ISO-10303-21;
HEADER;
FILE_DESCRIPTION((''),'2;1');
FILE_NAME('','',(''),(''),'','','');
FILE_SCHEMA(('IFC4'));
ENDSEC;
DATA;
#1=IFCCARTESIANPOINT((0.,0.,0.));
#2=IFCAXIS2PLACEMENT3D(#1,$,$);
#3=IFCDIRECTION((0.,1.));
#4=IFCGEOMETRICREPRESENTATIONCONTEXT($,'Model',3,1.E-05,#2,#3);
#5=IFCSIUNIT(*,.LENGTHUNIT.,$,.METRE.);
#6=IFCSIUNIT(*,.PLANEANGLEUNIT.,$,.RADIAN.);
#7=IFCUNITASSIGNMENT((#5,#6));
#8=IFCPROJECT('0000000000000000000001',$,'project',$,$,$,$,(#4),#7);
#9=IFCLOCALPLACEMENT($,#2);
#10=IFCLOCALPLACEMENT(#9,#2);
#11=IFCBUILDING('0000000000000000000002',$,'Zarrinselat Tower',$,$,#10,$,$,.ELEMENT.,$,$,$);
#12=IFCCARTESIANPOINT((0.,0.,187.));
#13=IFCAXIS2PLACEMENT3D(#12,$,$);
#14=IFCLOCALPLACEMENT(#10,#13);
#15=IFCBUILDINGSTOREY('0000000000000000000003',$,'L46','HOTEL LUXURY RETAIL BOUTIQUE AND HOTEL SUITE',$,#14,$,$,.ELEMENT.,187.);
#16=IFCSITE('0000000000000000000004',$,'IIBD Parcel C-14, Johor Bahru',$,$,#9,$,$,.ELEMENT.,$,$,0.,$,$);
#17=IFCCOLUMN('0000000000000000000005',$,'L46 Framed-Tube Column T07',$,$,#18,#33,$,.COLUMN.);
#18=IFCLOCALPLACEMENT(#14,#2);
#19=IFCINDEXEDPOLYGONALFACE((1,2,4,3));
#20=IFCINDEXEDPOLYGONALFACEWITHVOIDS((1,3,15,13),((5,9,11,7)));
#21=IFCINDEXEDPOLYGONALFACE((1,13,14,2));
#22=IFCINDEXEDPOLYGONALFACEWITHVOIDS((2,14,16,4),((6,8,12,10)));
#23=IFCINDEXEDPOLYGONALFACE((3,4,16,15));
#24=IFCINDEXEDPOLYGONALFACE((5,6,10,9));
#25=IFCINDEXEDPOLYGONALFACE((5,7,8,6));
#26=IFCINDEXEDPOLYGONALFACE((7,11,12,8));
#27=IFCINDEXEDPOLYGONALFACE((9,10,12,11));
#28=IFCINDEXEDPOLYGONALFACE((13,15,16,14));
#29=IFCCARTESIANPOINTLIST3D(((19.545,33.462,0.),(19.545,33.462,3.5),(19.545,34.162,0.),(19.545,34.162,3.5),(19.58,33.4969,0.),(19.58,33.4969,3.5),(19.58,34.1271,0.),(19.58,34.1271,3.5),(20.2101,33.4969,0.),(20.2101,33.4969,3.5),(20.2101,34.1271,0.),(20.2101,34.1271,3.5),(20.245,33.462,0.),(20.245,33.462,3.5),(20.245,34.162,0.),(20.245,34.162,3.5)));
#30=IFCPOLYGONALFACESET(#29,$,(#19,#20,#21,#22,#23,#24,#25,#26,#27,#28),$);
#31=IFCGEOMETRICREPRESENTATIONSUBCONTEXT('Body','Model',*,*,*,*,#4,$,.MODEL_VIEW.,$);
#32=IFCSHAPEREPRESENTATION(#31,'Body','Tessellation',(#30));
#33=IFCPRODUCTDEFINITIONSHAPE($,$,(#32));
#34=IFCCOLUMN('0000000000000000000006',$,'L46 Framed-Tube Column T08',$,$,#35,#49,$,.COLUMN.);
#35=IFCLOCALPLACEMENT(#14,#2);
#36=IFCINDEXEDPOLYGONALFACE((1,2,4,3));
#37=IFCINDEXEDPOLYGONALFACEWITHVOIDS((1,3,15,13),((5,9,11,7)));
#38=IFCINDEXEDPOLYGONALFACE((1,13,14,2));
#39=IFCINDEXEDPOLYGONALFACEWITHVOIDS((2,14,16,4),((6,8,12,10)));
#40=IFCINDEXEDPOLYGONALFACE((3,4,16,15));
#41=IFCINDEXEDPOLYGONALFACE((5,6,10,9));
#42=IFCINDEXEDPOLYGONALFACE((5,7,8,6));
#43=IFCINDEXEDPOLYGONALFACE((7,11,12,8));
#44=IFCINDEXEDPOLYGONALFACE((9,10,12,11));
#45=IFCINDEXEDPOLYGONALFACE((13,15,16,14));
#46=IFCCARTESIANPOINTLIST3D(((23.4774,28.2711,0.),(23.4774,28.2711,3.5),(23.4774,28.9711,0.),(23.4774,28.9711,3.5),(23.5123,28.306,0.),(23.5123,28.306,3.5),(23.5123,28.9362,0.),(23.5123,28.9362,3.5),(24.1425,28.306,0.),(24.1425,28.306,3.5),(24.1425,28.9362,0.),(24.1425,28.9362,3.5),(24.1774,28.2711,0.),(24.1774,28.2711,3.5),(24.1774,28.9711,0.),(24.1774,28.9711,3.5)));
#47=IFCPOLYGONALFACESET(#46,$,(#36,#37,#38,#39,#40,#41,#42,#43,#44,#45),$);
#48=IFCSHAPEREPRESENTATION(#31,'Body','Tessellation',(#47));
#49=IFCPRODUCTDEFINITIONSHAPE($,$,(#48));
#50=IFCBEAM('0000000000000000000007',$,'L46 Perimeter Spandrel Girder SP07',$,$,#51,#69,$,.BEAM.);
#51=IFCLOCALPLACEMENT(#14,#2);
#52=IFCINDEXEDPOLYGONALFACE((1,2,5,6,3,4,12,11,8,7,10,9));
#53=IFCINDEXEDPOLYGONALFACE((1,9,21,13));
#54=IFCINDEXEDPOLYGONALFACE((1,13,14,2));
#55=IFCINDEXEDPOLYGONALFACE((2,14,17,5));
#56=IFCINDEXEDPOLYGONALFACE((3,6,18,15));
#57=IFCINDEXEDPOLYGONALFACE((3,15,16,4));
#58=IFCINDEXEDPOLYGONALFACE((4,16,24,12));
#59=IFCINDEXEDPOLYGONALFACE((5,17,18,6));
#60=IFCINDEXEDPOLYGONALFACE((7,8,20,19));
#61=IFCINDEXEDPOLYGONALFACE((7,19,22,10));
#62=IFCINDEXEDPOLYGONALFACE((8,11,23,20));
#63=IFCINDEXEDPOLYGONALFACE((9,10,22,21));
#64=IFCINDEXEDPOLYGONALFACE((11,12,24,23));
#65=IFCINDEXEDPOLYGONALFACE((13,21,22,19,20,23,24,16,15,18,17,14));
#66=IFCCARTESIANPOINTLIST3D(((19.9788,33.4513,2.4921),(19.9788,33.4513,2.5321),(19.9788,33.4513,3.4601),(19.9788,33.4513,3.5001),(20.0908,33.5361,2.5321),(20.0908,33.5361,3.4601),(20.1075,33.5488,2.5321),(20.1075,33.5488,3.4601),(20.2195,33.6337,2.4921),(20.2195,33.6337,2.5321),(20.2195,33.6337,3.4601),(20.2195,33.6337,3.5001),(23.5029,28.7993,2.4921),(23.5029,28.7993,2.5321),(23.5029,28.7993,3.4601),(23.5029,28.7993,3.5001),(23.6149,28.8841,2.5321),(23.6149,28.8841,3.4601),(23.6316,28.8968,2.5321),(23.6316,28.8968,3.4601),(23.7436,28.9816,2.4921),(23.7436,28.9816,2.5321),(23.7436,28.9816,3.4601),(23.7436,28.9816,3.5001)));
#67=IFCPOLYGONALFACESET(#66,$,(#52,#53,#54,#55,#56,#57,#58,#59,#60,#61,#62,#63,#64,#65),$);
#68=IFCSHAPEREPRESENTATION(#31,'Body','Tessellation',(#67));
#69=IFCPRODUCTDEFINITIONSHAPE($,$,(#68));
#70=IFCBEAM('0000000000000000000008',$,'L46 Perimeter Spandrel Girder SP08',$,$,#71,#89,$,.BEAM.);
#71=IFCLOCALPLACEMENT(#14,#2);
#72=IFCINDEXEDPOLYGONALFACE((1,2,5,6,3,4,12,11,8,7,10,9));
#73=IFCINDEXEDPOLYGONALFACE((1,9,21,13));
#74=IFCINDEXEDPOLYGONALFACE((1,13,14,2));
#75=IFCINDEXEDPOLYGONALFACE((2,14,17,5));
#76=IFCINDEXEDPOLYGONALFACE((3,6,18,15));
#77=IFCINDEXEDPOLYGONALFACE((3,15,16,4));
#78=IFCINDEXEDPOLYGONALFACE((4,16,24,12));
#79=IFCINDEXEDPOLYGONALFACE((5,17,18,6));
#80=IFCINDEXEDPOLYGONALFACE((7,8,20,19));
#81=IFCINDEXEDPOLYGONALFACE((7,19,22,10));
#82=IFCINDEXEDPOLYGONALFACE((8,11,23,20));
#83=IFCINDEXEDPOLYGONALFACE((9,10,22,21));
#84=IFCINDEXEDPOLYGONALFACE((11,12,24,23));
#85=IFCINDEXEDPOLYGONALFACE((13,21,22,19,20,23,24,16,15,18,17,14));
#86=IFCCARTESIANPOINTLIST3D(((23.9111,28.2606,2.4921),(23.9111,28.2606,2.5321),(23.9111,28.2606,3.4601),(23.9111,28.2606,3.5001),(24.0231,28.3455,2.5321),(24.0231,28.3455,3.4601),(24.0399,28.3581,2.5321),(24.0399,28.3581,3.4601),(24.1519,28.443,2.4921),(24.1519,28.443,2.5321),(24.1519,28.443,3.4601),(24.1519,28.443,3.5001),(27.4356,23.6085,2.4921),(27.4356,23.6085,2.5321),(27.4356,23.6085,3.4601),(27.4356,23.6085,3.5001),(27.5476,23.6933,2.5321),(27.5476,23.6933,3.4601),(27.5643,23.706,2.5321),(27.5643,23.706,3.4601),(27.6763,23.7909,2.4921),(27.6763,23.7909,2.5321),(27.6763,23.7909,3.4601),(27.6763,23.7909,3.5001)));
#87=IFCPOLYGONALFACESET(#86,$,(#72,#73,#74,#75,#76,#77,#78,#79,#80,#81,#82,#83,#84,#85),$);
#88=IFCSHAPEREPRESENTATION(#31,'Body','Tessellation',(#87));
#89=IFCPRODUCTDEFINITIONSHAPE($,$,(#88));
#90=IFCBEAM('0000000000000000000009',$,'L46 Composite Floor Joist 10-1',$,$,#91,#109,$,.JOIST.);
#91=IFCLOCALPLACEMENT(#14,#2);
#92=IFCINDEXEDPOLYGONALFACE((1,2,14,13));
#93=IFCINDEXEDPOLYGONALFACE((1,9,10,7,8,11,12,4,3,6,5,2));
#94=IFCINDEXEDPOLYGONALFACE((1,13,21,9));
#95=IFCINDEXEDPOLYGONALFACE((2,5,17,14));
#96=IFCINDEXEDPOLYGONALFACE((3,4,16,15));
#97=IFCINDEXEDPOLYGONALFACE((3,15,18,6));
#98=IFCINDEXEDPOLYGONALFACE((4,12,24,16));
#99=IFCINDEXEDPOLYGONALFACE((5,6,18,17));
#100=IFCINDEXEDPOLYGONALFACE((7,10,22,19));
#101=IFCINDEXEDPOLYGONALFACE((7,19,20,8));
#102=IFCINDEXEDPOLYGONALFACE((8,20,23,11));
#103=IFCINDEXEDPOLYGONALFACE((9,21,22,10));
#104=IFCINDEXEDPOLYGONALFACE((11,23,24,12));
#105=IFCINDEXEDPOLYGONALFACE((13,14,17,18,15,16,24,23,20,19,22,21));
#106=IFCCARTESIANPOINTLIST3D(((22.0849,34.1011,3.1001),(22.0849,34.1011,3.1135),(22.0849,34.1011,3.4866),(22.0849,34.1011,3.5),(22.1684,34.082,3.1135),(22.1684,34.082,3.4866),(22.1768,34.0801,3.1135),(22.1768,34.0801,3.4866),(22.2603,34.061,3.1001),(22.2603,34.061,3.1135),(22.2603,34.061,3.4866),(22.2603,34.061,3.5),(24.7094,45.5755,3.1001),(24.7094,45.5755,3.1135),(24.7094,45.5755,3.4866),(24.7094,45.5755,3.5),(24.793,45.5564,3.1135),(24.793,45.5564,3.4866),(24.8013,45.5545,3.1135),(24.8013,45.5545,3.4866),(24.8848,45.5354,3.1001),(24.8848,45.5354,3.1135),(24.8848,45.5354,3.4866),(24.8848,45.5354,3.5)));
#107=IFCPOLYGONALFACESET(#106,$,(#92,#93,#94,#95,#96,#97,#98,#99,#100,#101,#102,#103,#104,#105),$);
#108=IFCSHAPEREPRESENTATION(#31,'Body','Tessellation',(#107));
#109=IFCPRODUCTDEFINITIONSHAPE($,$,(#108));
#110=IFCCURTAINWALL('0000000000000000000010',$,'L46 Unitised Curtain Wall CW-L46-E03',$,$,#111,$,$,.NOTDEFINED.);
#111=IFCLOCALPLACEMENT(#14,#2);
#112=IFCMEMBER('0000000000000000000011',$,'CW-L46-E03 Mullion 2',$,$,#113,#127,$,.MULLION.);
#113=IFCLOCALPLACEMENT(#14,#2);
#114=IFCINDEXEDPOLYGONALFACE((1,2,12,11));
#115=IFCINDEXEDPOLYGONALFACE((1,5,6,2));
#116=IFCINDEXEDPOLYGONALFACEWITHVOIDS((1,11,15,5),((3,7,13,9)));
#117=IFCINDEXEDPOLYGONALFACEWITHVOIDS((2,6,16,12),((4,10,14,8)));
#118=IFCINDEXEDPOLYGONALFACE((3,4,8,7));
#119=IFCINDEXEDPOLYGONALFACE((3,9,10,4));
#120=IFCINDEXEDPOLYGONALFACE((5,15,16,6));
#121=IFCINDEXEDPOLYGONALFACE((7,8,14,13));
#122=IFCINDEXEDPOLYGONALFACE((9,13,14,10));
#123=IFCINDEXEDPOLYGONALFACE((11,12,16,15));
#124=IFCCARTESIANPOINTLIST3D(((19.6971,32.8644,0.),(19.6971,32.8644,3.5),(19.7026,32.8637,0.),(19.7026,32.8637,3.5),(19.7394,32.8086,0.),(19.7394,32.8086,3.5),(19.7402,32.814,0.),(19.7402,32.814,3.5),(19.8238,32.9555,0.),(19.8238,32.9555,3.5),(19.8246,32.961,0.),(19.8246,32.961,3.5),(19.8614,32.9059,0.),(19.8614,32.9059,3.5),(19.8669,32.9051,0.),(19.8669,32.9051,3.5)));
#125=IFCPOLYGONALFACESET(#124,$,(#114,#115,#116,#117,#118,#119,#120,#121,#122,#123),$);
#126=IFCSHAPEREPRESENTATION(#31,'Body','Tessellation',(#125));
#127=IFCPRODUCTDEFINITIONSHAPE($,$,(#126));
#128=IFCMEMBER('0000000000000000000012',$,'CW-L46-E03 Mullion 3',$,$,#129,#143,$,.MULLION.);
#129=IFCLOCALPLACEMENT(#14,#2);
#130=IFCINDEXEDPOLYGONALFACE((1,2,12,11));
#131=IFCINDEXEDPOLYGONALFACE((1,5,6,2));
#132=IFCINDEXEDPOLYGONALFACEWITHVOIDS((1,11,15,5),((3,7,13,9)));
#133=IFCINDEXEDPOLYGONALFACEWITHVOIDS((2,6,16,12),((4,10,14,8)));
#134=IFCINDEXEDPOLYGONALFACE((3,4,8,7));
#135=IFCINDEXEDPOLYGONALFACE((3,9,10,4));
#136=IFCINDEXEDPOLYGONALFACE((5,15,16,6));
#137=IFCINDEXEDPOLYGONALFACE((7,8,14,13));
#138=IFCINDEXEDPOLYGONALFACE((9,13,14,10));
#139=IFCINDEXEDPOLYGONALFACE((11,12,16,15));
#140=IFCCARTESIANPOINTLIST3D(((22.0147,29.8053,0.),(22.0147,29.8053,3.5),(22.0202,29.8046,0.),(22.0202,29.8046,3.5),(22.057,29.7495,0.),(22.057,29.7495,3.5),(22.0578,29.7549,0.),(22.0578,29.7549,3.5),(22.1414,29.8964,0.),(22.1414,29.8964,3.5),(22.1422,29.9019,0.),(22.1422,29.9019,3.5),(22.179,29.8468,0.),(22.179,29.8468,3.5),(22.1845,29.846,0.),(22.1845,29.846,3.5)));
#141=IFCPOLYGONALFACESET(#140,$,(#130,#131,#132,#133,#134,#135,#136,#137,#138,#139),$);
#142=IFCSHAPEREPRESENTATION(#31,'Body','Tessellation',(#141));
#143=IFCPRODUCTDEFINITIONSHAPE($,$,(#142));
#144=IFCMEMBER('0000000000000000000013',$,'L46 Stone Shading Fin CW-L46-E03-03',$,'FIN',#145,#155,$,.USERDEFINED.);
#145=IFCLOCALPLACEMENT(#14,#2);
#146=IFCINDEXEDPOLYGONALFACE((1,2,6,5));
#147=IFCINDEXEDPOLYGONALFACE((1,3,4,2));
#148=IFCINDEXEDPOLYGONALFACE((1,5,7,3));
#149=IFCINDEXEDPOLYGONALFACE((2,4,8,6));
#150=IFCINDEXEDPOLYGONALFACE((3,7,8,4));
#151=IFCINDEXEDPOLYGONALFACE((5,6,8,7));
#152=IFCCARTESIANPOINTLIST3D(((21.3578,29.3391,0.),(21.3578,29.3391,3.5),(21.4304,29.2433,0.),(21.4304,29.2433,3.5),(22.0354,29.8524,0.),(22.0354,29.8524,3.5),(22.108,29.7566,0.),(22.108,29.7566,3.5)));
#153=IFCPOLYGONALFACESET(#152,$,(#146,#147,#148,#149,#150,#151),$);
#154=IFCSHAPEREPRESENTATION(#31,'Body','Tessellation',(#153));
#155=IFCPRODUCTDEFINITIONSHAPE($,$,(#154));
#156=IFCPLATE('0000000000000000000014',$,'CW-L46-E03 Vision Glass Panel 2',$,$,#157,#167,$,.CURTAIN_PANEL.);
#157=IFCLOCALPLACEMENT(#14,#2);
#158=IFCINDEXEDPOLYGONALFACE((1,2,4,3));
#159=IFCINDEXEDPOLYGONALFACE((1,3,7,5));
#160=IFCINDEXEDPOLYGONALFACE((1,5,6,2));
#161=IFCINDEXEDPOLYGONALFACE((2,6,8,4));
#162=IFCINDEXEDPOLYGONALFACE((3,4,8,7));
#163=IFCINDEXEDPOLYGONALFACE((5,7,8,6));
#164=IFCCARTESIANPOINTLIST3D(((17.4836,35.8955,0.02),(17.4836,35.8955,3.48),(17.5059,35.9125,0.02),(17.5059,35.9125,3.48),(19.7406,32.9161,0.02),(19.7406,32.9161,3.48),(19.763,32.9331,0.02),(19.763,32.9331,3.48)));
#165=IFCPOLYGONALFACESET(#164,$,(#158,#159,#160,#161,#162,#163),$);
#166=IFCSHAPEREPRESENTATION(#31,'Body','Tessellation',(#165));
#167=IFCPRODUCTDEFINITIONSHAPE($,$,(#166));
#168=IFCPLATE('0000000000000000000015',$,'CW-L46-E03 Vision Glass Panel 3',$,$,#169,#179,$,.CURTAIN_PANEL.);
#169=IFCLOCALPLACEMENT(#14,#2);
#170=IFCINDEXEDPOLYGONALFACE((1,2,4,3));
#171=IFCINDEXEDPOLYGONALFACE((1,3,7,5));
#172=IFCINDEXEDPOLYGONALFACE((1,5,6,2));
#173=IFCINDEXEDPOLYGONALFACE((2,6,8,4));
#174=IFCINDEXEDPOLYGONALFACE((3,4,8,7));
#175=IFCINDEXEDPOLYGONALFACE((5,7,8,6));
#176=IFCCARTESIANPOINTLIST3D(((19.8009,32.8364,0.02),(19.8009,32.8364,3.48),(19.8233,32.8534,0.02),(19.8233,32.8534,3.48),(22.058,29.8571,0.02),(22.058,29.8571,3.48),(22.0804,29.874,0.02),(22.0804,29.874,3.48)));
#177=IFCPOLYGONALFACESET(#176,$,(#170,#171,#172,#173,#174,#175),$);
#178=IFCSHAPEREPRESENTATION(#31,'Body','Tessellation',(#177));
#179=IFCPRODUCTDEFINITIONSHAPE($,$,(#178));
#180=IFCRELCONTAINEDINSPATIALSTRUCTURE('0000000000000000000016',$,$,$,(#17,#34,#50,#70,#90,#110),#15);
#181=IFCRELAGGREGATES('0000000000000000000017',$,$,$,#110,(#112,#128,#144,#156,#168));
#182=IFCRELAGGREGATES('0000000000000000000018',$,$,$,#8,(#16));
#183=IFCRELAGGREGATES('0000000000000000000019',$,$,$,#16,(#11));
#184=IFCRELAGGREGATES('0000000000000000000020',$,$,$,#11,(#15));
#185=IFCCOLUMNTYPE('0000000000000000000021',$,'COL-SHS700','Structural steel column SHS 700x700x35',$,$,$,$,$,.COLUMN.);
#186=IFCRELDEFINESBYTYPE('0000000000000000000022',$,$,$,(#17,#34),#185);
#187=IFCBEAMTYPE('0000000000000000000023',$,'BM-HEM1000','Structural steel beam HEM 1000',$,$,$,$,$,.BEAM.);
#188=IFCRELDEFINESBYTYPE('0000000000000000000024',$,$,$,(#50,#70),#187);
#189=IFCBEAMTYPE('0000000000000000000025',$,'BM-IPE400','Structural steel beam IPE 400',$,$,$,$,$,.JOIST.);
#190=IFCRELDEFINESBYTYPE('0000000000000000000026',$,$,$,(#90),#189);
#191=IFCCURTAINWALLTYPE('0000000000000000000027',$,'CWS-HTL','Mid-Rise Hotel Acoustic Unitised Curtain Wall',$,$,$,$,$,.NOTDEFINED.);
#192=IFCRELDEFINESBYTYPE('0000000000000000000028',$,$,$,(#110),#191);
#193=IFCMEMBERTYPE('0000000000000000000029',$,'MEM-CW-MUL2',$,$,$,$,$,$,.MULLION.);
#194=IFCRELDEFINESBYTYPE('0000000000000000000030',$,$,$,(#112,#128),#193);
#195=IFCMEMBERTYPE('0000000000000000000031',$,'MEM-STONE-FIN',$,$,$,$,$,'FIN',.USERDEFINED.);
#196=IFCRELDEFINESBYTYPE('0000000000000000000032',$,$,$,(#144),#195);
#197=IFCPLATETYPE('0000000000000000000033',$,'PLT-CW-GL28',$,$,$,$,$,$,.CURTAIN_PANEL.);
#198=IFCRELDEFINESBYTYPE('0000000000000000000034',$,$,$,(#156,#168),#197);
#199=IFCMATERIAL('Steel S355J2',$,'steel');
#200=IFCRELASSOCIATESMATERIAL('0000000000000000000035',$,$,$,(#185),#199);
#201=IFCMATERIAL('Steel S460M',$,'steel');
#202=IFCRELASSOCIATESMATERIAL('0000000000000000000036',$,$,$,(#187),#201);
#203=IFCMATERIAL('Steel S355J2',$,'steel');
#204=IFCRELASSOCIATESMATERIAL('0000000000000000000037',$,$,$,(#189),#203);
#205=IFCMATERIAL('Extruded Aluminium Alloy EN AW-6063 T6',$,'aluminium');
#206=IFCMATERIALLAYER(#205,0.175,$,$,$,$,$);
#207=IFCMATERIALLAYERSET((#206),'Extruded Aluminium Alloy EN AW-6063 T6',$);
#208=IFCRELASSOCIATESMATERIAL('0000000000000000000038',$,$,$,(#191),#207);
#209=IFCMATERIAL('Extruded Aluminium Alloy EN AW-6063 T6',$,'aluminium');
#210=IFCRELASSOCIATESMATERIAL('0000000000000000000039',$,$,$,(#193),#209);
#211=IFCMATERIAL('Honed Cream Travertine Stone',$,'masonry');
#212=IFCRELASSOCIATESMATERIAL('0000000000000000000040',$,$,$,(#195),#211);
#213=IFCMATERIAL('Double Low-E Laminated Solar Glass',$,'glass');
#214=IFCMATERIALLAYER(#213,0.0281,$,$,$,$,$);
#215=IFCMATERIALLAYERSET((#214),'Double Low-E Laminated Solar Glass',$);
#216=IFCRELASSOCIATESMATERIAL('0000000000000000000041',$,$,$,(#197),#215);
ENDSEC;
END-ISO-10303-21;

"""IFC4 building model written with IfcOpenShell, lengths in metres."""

from ifc_helpers import new_model, si_unit, direction, frame, origin, origin_2d, place, context, subcontext, project, spatial, rectangle, hollow_rectangle, i_section, extrude, material, layer, layer_set, material_profile, profile_set, type_object, element, aggregate, save


model = new_model("IFC4")

# Units and contexts
model_context = context("Model", 3, precision=1e-05, world=origin(), true_north=direction((0.0, 1.0)))
body_context = subcontext(model_context, "Body", "Model", "MODEL_VIEW")
ifc_project = project(units=[si_unit("LENGTHUNIT", "METRE"), si_unit("PLANEANGLEUNIT", "RADIAN")], contexts=[model_context])

# Site, building, storey
site_placement = place(None, origin())
site = spatial("IfcSite", under=ifc_project, at=site_placement, Name="IIBD Parcel C-14, Johor Bahru", CompositionType="ELEMENT", RefElevation=0.0)
building_placement = place(site_placement, origin())
building = spatial("IfcBuilding", under=site, at=building_placement, Name="Zarrinselat Tower", CompositionType="ELEMENT")
storey_placement = place(building_placement, frame((0.0, 0.0, 187.0)))
storey = spatial("IfcBuildingStorey", under=building, at=storey_placement, Name="L46", Description="HOTEL LUXURY RETAIL BOUTIQUE AND HOTEL SUITE", CompositionType="ELEMENT", Elevation=187.0)

# Columns
ifc_material_1 = material(Name="Steel S355J2", Category="steel")
ifc_material_profile_1 = material_profile(ifc_material_1, hollow_rectangle(XDim=0.7, YDim=0.7, WallThickness=0.0349, at=origin_2d()), Name="SHS 700x700x35")
ifc_profile_set_1 = profile_set([ifc_material_profile_1], Name="Steel S355J2")
column_type = type_object("IfcColumnType", Name="COL-SHS700", Description="Structural steel column SHS 700x700x35", PredefinedType="COLUMN", material=ifc_profile_set_1)
for number, where, z_axis, x_axis, name in (
    (1, (19.895, 33.812, 0.0), (0.0, 0.0, 1.0), (1.0, 0.0, 0.0), "L46 Framed-Tube Column T07"),
    (2, (23.8274, 28.6211, 0.0), (0.0, 0.0, 1.0), (1.0, 0.0, 0.0), "L46 Framed-Tube Column T08"),
):
    element("IfcColumn", number, at=place(storey_placement, frame(where, z_axis=z_axis, x_axis=x_axis)), inside=storey, type_object=column_type, Name=name, PredefinedType="COLUMN", context=body_context, shape_type="SweptSolid", body=[
        extrude(hollow_rectangle(XDim=0.7, YDim=0.7, WallThickness=0.0349, at=origin_2d()), origin(), (0.0, 0.0, 1.0), 3.5),
    ])

# Beams
ifc_material_2 = material(Name="Steel S460M", Category="steel")
ifc_material_profile_2 = material_profile(ifc_material_2, i_section(OverallWidth=0.302, OverallDepth=1.0081, WebThickness=0.021, FlangeThickness=0.04, at=origin_2d()), Name="HEM 1000")
ifc_profile_set_2 = profile_set([ifc_material_profile_2], Name="Steel S460M")
beam_type_1 = type_object("IfcBeamType", Name="BM-HEM1000", Description="Structural steel beam HEM 1000", PredefinedType="BEAM", material=ifc_profile_set_2)
beam_1_placement = place(storey_placement, frame((20.0991, 33.5425, 2.9961), z_axis=(0.603842, -0.797104, 0.0), x_axis=(0.797104, 0.603842, 0.0)))
element("IfcBeam", 3, at=beam_1_placement, inside=storey, type_object=beam_type_1, Name="L46 Perimeter Spandrel Girder SP07", PredefinedType="BEAM", context=body_context, shape_type="SweptSolid", body=[
    extrude(i_section(OverallWidth=0.302, OverallDepth=1.0081, WebThickness=0.021, FlangeThickness=0.04, at=origin_2d()), origin(), (0.0, 0.0, 1.0), 5.8362),
])
beam_2_placement = place(storey_placement, frame((24.0315, 28.3518, 2.9961), z_axis=(0.603868, -0.797084, 0.0), x_axis=(0.797084, 0.603868, 0.0)))
element("IfcBeam", 4, at=beam_2_placement, inside=storey, type_object=beam_type_1, Name="L46 Perimeter Spandrel Girder SP08", PredefinedType="BEAM", context=body_context, shape_type="SweptSolid", body=[
    extrude(i_section(OverallWidth=0.302, OverallDepth=1.0081, WebThickness=0.021, FlangeThickness=0.04, at=origin_2d()), origin(), (0.0, 0.0, 1.0), 5.8364),
])
ifc_material_3 = material(Name="Steel S355J2", Category="steel")
ifc_material_profile_3 = material_profile(ifc_material_3, i_section(OverallWidth=0.1799, OverallDepth=0.3999, WebThickness=0.0085, FlangeThickness=0.0134, at=origin_2d()), Name="IPE 400")
ifc_profile_set_3 = profile_set([ifc_material_profile_3], Name="Steel S355J2")
beam_type_2 = type_object("IfcBeamType", Name="BM-IPE400", Description="Structural steel beam IPE 400", PredefinedType="JOIST", material=ifc_profile_set_3)
beam_3_placement = place(storey_placement, frame((22.1726, 34.0811, 3.3), z_axis=(0.22297, 0.974825, 0.0), x_axis=(-0.974825, 0.22297, 0.0)))
element("IfcBeam", 5, at=beam_3_placement, inside=storey, type_object=beam_type_2, Name="L46 Composite Floor Joist 10-1", PredefinedType="JOIST", context=body_context, shape_type="SweptSolid", body=[
    extrude(i_section(OverallWidth=0.1799, OverallDepth=0.3999, WebThickness=0.0085, FlangeThickness=0.0134, at=origin_2d()), origin(), (0.0, 0.0, 1.0), 11.7708),
])

# Curtain wall, members, plates
ifc_material_4 = material(Name="Extruded Aluminium Alloy EN AW-6063 T6", Category="aluminium")
ifc_layer_1 = layer(ifc_material_4, 0.175)
ifc_layer_set_1 = layer_set([ifc_layer_1], Name="Extruded Aluminium Alloy EN AW-6063 T6")
curtain_wall_type = type_object("IfcCurtainWallType", Name="CWS-HTL", Description="Mid-Rise Hotel Acoustic Unitised Curtain Wall", PredefinedType="NOTDEFINED", material=ifc_layer_set_1)
curtain_wall_placement = place(storey_placement, origin())
curtain_wall = element("IfcCurtainWall", 6, at=curtain_wall_placement, inside=storey, type_object=curtain_wall_type, Name="L46 Unitised Curtain Wall CW-L46-E03", PredefinedType="NOTDEFINED")
ifc_material_5 = material(Name="Extruded Aluminium Alloy EN AW-6063 T6", Category="aluminium")
ifc_material_profile_4 = material_profile(ifc_material_5, hollow_rectangle(XDim=0.0701, YDim=0.1599, WallThickness=0.0039, at=origin_2d()), Name="RHS 160x70x4")
ifc_profile_set_4 = profile_set([ifc_material_profile_4], Name="Extruded Aluminium Alloy EN AW-6063 T6")
member_type_1 = type_object("IfcMemberType", Name="MEM-CW-MUL2", PredefinedType="MULLION", material=ifc_profile_set_4)
member_1_placement = place(storey_placement, frame((19.782, 32.8848, 0.0), z_axis=(0.0, 0.0, 1.0), x_axis=(0.603857, -0.797093, 0.0)))
member_1 = element("IfcMember", 7, at=member_1_placement, type_object=member_type_1, Name="CW-L46-E03 Mullion 2", PredefinedType="MULLION", context=body_context, shape_type="SweptSolid", body=[
    extrude(hollow_rectangle(XDim=0.0701, YDim=0.1599, WallThickness=0.0039, at=origin_2d()), origin(), (0.0, 0.0, 1.0), 3.5),
])
member_2_placement = place(storey_placement, frame((22.0996, 29.8257, 0.0), z_axis=(0.0, 0.0, 1.0), x_axis=(0.603857, -0.797093, 0.0)))
member_2 = element("IfcMember", 8, at=member_2_placement, type_object=member_type_1, Name="CW-L46-E03 Mullion 3", PredefinedType="MULLION", context=body_context, shape_type="SweptSolid", body=[
    extrude(hollow_rectangle(XDim=0.0701, YDim=0.1599, WallThickness=0.0039, at=origin_2d()), origin(), (0.0, 0.0, 1.0), 3.5),
])
ifc_material_6 = material(Name="Honed Cream Travertine Stone", Category="masonry")
ifc_material_profile_5 = material_profile(ifc_material_6, rectangle(XDim=0.1201, YDim=0.8501, at=origin_2d()), Name="FIN 850x120")
ifc_profile_set_5 = profile_set([ifc_material_profile_5], Name="Honed Cream Travertine Stone")
member_type_2 = type_object("IfcMemberType", Name="MEM-STONE-FIN", ElementType="FIN", PredefinedType="USERDEFINED", material=ifc_profile_set_5)
member_3_placement = place(storey_placement, frame((21.7329, 29.5479, 0.0), z_axis=(0.0, 0.0, 1.0), x_axis=(-0.603857, 0.797093, 0.0)))
member_3 = element("IfcMember", 9, at=member_3_placement, type_object=member_type_2, Name="L46 Stone Shading Fin CW-L46-E03-03", ObjectType="FIN", PredefinedType="USERDEFINED", context=body_context, shape_type="SweptSolid", body=[
    extrude(rectangle(XDim=0.1201, YDim=0.8501, at=origin_2d()), origin(), (0.0, 0.0, 1.0), 3.5),
])
ifc_material_7 = material(Name="Double Low-E Laminated Solar Glass", Category="glass")
ifc_layer_2 = layer(ifc_material_7, 0.0281)
ifc_layer_set_2 = layer_set([ifc_layer_2], Name="Double Low-E Laminated Solar Glass")
plate_type = type_object("IfcPlateType", Name="PLT-CW-GL28", PredefinedType="CURTAIN_PANEL", material=ifc_layer_set_2)
plate_1_placement = place(storey_placement, frame((18.6233, 34.4143, 0.02), z_axis=(0.0, 0.0, 1.0), x_axis=(0.603857, -0.797093, 0.0)))
plate_1 = element("IfcPlate", 10, at=plate_1_placement, type_object=plate_type, Name="CW-L46-E03 Vision Glass Panel 2", PredefinedType="CURTAIN_PANEL", context=body_context, shape_type="SweptSolid", body=[
    extrude(rectangle(XDim=3.7378, YDim=0.0281, at=origin_2d()), origin(), (0.0, 0.0, 1.0), 3.46),
])
plate_2_placement = place(storey_placement, frame((20.9407, 31.3552, 0.02), z_axis=(0.0, 0.0, 1.0), x_axis=(0.603857, -0.797093, 0.0)))
plate_2 = element("IfcPlate", 11, at=plate_2_placement, type_object=plate_type, Name="CW-L46-E03 Vision Glass Panel 3", PredefinedType="CURTAIN_PANEL", context=body_context, shape_type="SweptSolid", body=[
    extrude(rectangle(XDim=3.7378, YDim=0.0281, at=origin_2d()), origin(), (0.0, 0.0, 1.0), 3.46),
])
aggregate(curtain_wall, [member_1, member_2, member_3, plate_1, plate_2])

save(model, "model.ifc")
